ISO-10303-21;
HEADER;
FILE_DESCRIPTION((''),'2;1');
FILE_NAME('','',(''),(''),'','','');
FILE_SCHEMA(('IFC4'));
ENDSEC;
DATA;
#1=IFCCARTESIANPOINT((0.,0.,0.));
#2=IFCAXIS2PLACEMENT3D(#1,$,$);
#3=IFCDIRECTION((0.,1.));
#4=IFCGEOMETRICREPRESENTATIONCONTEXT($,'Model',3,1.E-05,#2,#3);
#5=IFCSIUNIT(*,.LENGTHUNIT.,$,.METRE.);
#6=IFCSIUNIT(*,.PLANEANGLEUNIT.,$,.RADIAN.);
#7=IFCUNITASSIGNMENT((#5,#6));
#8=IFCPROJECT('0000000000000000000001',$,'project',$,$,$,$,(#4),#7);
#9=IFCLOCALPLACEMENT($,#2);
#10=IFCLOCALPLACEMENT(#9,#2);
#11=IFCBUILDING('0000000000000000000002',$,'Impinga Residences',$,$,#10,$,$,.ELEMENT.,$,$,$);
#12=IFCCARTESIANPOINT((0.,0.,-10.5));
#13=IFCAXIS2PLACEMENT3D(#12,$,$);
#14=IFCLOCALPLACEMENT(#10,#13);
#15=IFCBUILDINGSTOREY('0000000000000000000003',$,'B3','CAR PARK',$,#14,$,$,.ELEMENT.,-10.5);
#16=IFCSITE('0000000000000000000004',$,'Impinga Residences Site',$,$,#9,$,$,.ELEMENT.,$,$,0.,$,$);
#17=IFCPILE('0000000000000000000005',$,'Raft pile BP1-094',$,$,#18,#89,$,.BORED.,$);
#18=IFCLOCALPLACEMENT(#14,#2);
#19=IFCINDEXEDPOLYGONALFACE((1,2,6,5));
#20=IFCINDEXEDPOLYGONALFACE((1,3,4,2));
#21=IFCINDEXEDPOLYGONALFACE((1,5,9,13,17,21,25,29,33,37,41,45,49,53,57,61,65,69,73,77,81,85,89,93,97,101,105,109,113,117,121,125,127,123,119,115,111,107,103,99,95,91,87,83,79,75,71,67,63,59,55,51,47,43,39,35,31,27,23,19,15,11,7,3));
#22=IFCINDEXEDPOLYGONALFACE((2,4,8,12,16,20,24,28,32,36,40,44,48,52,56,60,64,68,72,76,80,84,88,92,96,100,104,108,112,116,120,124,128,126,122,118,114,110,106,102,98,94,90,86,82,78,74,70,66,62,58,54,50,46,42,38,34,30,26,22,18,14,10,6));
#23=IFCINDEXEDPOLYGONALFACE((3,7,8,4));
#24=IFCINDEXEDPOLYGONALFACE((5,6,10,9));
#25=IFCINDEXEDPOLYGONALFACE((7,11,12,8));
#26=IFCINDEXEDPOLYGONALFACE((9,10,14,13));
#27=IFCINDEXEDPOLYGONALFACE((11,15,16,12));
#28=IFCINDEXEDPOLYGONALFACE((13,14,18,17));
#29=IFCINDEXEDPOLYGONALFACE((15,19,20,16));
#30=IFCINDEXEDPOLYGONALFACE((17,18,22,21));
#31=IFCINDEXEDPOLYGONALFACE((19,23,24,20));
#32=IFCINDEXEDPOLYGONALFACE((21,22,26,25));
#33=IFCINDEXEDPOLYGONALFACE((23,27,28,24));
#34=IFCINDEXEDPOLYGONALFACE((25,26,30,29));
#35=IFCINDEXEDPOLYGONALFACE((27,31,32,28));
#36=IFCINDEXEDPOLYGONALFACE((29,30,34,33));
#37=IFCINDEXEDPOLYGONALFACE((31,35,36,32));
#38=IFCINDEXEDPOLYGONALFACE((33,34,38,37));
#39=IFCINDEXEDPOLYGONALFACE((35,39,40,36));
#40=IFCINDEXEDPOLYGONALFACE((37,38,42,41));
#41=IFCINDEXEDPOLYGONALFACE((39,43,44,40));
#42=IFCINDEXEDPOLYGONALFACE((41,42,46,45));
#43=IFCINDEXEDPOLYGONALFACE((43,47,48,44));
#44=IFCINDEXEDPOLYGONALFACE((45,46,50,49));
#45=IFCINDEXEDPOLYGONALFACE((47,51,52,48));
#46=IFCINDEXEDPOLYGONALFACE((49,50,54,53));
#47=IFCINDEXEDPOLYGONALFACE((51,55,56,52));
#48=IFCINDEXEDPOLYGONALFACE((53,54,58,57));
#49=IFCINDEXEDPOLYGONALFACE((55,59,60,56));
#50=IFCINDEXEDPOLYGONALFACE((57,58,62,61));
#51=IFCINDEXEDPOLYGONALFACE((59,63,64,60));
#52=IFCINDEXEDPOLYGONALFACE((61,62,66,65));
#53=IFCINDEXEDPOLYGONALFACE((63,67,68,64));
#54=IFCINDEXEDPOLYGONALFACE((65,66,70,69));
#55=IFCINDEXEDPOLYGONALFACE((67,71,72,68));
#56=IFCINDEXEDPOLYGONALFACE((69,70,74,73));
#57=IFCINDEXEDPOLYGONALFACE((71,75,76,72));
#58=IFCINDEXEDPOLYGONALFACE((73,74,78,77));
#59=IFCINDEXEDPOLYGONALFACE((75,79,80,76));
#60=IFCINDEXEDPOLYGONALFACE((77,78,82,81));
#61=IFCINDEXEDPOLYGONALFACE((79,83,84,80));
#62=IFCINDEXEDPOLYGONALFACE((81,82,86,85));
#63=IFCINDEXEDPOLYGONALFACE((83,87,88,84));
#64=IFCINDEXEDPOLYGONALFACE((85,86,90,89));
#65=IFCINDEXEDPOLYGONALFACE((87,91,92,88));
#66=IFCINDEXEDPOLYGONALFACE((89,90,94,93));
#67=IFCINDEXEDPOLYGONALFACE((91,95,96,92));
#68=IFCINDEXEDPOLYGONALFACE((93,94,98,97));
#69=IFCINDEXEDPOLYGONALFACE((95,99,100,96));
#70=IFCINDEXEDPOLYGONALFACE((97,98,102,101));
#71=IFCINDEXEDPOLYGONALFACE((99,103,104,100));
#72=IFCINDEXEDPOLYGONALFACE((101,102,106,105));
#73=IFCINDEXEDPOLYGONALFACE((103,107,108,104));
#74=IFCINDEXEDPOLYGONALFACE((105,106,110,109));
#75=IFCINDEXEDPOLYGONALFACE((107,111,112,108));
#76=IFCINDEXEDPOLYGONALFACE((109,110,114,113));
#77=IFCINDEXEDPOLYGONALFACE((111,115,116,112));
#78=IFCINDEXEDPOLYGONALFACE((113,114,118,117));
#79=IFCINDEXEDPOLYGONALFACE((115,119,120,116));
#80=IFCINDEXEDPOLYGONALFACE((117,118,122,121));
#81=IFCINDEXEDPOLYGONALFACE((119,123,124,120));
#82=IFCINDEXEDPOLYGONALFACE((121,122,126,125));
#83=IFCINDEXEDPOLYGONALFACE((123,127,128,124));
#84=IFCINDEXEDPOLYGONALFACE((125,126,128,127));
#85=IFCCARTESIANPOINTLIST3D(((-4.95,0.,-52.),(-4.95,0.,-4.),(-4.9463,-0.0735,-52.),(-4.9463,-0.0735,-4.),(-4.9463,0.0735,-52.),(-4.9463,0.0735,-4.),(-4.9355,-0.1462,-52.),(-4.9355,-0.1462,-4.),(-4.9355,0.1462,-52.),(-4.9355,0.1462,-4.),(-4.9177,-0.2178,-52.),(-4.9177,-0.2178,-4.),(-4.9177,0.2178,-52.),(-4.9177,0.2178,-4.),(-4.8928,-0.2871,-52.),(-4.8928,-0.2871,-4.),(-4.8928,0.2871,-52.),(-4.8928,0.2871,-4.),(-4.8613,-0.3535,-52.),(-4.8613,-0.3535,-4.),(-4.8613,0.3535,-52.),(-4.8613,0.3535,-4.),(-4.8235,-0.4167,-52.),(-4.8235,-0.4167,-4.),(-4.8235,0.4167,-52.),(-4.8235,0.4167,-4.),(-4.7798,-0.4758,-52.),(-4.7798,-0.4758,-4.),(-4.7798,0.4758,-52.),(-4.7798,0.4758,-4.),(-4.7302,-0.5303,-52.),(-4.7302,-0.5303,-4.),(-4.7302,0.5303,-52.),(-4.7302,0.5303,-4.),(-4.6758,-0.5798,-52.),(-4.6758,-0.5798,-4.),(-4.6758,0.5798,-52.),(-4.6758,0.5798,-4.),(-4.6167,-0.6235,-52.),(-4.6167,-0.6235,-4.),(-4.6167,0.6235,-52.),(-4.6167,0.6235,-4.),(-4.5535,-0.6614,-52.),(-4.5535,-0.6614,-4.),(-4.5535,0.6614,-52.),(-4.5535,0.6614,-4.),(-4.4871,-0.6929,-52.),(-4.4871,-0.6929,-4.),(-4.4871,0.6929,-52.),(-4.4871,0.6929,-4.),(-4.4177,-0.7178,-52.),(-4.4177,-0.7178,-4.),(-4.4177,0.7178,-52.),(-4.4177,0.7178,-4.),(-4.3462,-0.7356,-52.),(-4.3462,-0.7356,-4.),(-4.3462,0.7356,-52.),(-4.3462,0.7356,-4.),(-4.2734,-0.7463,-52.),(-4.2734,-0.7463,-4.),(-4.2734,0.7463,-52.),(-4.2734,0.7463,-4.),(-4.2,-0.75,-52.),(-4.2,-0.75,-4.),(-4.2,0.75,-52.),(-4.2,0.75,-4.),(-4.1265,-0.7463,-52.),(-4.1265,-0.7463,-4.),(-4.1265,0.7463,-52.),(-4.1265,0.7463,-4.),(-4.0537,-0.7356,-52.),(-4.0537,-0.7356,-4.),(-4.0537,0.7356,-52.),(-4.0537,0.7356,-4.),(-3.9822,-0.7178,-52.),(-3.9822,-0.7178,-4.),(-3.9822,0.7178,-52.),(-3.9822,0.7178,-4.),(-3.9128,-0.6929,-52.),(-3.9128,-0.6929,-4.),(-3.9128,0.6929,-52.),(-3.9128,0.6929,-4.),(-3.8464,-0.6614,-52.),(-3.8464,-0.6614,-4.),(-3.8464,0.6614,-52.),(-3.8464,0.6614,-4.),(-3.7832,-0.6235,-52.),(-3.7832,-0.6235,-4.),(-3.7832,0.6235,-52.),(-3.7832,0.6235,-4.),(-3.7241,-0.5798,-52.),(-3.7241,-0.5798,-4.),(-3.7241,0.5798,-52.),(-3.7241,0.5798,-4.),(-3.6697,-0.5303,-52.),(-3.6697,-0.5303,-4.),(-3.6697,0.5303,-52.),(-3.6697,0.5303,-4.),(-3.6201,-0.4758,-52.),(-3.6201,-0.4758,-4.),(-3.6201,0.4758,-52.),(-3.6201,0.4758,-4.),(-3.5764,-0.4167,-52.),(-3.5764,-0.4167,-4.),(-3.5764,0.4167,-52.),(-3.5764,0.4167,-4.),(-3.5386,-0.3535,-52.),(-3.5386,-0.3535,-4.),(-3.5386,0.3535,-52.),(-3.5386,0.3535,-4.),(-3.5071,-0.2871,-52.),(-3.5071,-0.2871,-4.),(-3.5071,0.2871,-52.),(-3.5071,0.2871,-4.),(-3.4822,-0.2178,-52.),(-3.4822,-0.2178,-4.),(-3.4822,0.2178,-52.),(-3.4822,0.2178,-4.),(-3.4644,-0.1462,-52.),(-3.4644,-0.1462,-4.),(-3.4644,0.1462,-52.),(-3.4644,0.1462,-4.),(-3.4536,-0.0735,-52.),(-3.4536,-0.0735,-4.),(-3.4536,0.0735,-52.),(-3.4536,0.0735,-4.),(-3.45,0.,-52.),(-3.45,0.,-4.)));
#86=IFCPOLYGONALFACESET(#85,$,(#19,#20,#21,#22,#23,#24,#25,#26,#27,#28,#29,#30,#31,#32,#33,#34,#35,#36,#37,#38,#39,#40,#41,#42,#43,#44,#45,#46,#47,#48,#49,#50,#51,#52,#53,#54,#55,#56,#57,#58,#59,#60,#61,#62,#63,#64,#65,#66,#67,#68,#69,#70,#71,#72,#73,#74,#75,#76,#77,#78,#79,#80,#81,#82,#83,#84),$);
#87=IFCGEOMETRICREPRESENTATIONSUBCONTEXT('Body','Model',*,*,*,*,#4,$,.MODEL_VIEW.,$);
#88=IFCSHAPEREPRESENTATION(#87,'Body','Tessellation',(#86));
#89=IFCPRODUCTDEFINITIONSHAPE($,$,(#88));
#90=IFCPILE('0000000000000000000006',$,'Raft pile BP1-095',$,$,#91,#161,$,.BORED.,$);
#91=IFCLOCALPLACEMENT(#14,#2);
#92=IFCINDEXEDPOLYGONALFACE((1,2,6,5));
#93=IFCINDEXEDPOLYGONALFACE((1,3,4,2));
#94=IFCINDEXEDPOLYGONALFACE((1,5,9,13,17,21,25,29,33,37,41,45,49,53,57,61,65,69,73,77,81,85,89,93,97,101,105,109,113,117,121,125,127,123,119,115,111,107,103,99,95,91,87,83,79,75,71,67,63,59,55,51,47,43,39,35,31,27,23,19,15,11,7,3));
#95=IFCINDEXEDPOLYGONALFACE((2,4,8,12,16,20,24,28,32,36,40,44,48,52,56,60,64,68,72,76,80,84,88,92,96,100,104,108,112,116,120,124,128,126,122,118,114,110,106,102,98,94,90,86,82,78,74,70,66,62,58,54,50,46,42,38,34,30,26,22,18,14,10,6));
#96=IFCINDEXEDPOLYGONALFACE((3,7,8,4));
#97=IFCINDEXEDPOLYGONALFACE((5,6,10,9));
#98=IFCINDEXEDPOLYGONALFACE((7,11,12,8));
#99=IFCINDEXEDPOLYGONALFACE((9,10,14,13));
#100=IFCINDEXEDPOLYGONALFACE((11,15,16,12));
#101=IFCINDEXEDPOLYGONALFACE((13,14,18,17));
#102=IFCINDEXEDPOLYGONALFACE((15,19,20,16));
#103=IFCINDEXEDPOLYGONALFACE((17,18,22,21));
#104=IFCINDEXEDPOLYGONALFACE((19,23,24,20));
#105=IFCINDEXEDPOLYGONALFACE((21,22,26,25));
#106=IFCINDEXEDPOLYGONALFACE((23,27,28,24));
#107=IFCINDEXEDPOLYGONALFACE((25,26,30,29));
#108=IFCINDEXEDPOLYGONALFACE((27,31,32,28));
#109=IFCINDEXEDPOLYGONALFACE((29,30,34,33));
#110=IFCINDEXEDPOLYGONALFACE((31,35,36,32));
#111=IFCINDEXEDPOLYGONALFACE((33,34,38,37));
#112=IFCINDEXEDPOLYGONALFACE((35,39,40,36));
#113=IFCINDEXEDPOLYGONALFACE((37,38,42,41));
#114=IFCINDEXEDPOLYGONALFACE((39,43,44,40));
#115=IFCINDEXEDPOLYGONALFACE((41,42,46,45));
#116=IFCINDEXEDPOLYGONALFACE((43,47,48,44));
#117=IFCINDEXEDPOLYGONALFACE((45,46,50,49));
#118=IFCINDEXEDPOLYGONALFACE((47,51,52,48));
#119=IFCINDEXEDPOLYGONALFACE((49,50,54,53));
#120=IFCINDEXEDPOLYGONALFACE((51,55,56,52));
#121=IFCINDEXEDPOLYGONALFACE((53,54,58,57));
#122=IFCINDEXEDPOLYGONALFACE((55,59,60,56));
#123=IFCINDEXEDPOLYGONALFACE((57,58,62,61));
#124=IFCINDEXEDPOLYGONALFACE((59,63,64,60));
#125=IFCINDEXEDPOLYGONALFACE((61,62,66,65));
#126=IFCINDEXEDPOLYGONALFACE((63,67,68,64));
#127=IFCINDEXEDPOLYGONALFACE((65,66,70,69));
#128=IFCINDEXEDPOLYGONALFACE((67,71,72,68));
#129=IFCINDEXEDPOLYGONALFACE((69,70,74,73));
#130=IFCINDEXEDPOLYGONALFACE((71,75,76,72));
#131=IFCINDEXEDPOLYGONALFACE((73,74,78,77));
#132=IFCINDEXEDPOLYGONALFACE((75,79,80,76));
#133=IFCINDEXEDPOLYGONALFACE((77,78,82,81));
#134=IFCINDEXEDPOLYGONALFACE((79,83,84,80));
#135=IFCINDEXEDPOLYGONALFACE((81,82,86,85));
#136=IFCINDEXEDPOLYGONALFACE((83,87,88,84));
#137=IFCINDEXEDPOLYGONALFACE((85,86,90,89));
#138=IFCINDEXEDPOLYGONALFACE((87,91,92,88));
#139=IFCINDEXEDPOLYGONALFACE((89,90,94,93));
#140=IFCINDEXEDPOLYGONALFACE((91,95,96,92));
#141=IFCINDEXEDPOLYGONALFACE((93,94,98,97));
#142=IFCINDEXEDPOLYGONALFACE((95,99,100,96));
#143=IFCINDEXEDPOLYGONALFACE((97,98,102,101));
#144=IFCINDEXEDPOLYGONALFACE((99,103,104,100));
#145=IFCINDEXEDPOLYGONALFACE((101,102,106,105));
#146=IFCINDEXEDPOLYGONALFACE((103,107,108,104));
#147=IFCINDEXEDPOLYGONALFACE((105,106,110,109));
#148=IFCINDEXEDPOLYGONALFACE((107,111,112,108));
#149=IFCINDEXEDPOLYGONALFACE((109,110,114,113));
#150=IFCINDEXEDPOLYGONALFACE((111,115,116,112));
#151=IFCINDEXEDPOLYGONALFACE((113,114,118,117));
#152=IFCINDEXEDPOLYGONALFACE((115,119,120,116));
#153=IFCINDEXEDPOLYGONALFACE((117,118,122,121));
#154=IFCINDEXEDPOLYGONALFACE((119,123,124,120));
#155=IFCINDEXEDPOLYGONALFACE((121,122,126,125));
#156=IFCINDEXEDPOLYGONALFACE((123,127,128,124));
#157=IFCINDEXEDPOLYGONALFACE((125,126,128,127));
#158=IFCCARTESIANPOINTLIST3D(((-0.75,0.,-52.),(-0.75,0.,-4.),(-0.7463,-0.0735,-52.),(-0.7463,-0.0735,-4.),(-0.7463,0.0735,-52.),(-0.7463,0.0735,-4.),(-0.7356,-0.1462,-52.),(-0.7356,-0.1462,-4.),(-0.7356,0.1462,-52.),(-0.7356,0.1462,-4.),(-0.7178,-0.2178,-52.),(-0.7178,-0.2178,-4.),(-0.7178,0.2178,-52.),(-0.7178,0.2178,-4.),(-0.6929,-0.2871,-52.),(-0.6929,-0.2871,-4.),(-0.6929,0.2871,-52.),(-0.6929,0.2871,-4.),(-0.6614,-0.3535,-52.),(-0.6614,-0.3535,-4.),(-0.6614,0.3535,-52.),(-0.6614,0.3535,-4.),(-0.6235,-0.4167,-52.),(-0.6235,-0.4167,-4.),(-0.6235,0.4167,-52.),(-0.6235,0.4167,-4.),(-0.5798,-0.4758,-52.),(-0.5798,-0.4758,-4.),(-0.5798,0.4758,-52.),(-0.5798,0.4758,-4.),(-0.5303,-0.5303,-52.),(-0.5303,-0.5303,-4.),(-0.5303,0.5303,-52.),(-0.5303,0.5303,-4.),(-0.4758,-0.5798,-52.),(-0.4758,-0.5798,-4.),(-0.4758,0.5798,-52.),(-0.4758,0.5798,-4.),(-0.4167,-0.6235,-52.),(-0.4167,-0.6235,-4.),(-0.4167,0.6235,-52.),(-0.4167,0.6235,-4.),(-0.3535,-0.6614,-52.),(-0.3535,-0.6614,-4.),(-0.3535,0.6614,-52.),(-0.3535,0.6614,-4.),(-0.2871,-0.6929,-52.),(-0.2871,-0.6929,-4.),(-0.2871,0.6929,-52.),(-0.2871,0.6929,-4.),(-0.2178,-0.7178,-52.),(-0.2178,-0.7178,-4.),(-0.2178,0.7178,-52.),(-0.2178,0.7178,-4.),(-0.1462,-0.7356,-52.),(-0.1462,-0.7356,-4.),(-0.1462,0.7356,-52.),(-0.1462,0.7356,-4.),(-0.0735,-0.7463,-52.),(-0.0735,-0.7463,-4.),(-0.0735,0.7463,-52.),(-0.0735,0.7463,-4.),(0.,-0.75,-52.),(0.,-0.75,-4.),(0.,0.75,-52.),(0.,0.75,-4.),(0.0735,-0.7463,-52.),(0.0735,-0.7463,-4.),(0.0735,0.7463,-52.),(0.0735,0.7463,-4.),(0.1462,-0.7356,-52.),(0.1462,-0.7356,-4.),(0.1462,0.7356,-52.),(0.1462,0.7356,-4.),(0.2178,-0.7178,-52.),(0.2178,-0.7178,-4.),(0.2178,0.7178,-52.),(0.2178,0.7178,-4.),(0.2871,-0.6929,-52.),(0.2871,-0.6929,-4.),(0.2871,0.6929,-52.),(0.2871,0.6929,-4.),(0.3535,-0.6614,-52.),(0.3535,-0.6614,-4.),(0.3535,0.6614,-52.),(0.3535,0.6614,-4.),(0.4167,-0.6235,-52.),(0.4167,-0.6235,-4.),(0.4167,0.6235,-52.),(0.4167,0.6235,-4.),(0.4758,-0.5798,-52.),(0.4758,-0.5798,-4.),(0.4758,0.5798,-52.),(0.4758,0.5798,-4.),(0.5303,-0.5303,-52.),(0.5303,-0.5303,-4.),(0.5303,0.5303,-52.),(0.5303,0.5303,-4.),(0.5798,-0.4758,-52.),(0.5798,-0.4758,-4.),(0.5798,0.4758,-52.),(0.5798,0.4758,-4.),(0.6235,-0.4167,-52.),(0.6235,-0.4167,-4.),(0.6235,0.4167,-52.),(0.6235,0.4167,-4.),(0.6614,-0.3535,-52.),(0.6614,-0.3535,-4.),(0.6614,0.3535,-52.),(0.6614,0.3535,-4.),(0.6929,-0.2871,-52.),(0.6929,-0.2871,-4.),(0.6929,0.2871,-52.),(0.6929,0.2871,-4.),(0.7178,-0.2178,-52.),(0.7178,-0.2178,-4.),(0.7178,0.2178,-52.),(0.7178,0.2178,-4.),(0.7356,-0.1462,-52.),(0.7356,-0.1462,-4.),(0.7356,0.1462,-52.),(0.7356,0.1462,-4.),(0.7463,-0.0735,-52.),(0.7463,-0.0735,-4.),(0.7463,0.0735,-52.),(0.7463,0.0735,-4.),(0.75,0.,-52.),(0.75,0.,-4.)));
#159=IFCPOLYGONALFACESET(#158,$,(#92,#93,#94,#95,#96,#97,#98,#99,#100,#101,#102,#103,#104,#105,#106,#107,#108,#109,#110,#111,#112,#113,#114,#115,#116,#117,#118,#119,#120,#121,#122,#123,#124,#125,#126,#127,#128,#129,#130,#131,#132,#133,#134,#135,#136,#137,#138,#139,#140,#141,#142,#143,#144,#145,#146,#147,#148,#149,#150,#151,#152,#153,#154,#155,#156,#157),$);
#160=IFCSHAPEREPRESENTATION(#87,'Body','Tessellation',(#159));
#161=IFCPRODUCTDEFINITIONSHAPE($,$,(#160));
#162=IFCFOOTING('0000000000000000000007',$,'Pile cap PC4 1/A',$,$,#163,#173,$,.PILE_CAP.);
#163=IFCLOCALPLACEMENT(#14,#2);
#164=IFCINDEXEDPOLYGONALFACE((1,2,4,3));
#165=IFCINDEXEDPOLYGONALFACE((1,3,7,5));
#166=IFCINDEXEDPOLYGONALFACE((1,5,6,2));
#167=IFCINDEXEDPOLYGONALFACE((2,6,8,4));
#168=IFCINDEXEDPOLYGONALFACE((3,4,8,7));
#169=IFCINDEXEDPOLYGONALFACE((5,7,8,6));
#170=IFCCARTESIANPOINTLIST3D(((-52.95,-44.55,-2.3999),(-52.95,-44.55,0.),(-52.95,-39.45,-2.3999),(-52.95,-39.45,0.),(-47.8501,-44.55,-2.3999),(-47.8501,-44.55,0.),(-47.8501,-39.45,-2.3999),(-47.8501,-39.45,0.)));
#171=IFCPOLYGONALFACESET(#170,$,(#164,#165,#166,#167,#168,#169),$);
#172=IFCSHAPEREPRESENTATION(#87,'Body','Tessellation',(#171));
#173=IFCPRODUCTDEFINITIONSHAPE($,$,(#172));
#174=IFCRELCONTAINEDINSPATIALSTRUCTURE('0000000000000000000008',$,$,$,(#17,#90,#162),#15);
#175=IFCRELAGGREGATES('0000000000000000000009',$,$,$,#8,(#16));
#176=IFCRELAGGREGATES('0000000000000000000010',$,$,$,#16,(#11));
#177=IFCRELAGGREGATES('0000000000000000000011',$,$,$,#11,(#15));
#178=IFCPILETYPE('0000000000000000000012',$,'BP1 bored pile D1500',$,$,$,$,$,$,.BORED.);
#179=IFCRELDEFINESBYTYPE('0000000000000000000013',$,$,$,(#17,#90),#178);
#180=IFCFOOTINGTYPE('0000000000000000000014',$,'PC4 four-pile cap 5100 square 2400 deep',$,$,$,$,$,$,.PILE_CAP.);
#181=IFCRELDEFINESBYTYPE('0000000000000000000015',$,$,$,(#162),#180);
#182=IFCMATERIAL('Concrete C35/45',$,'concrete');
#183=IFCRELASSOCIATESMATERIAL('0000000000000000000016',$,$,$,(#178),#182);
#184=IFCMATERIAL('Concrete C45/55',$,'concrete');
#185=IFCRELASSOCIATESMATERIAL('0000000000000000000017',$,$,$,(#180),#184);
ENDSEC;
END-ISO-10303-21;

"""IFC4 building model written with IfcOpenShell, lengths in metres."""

from ifc_helpers import new_model, si_unit, direction, frame, origin, origin_2d, place, context, subcontext, project, spatial, polyline, circle, outline, extrude, material, material_profile, profile_set, type_object, element, save


model = new_model("IFC4")

# Units and contexts
model_context = context("Model", 3, precision=1e-05, world=origin(), true_north=direction((0.0, 1.0)))
body_context = subcontext(model_context, "Body", "Model", "MODEL_VIEW")
ifc_project = project(units=[si_unit("LENGTHUNIT", "METRE"), si_unit("PLANEANGLEUNIT", "RADIAN")], contexts=[model_context])

# Site, building, storey
site_placement = place(None, origin())
site = spatial("IfcSite", under=ifc_project, at=site_placement, Name="Impinga Residences Site", CompositionType="ELEMENT", RefElevation=0.0)
building_placement = place(site_placement, origin())
building = spatial("IfcBuilding", under=site, at=building_placement, Name="Impinga Residences", CompositionType="ELEMENT")
storey_placement = place(building_placement, frame((0.0, 0.0, -10.5)))
storey = spatial("IfcBuildingStorey", under=building, at=storey_placement, Name="B3", Description="CAR PARK", CompositionType="ELEMENT", Elevation=-10.5)

# Piles
ifc_material_1 = material(Name="Concrete C35/45", Category="concrete")
ifc_material_profile = material_profile(ifc_material_1, circle(Radius=0.75, at=origin_2d()), Name="D1500")
ifc_profile_set = profile_set([ifc_material_profile], Name="Concrete C35/45")
pile_type = type_object("IfcPileType", Name="BP1 bored pile D1500", PredefinedType="BORED", material=ifc_profile_set)
pile_1_placement = place(storey_placement, frame((-4.2, 0.0, -4.0), z_axis=(0.0, 0.0, -1.0), x_axis=(1.0, 0.0, 0.0)))
element("IfcPile", 1, at=pile_1_placement, inside=storey, type_object=pile_type, Name="Raft pile BP1-094", PredefinedType="BORED", context=body_context, shape_type="SweptSolid", body=[
    extrude(outline(polyline([(0.75, 0.0), (0.7463, 0.0735), (0.7356, 0.1462), (0.7178, 0.2178), (0.6929, 0.2871), (0.6614, 0.3535), (0.6235, 0.4167), (0.5798, 0.4758), (0.5303, 0.5303), (0.4758, 0.5798), (0.4167, 0.6235), (0.3535, 0.6614), (0.2871, 0.6929), (0.2178, 0.7178), (0.1462, 0.7356), (0.0735, 0.7463), (0.0, 0.75), (-0.0735, 0.7463), (-0.1462, 0.7356), (-0.2178, 0.7178), (-0.2871, 0.6929), (-0.3535, 0.6614), (-0.4167, 0.6235), (-0.4758, 0.5798), (-0.5303, 0.5303), (-0.5798, 0.4758), (-0.6235, 0.4167), (-0.6614, 0.3535), (-0.6929, 0.2871), (-0.7178, 0.2178), (-0.7356, 0.1462), (-0.7463, 0.0735), (-0.75, 0.0), (-0.7463, -0.0735), (-0.7356, -0.1462), (-0.7178, -0.2178), (-0.6929, -0.2871), (-0.6614, -0.3535), (-0.6235, -0.4167), (-0.5798, -0.4758), (-0.5303, -0.5303), (-0.4758, -0.5798), (-0.4167, -0.6235), (-0.3535, -0.6614), (-0.2871, -0.6929), (-0.2178, -0.7178), (-0.1462, -0.7356), (-0.0735, -0.7463), (0.0, -0.75), (0.0735, -0.7463), (0.1462, -0.7356), (0.2178, -0.7178), (0.2871, -0.6929), (0.3535, -0.6614), (0.4167, -0.6235), (0.4758, -0.5798), (0.5303, -0.5303), (0.5798, -0.4758), (0.6235, -0.4167), (0.6614, -0.3535), (0.6929, -0.2871), (0.7178, -0.2178), (0.7356, -0.1462), (0.7463, -0.0735), (0.75, 0.0)])), origin(), (0.0, 0.0, 1.0), 48.0),
])
pile_2_placement = place(storey_placement, frame((0.0, 0.0, -4.0), z_axis=(0.0, 0.0, -1.0), x_axis=(1.0, 0.0, 0.0)))
element("IfcPile", 2, at=pile_2_placement, inside=storey, type_object=pile_type, Name="Raft pile BP1-095", PredefinedType="BORED", context=body_context, shape_type="SweptSolid", body=[
    extrude(outline(polyline([(0.75, 0.0), (0.7463, 0.0735), (0.7356, 0.1462), (0.7178, 0.2178), (0.6929, 0.2871), (0.6614, 0.3535), (0.6235, 0.4167), (0.5798, 0.4758), (0.5303, 0.5303), (0.4758, 0.5798), (0.4167, 0.6235), (0.3535, 0.6614), (0.2871, 0.6929), (0.2178, 0.7178), (0.1462, 0.7356), (0.0735, 0.7463), (0.0, 0.75), (-0.0735, 0.7463), (-0.1462, 0.7356), (-0.2178, 0.7178), (-0.2871, 0.6929), (-0.3535, 0.6614), (-0.4167, 0.6235), (-0.4758, 0.5798), (-0.5303, 0.5303), (-0.5798, 0.4758), (-0.6235, 0.4167), (-0.6614, 0.3535), (-0.6929, 0.2871), (-0.7178, 0.2178), (-0.7356, 0.1462), (-0.7463, 0.0735), (-0.75, 0.0), (-0.7463, -0.0735), (-0.7356, -0.1462), (-0.7178, -0.2178), (-0.6929, -0.2871), (-0.6614, -0.3535), (-0.6235, -0.4167), (-0.5798, -0.4758), (-0.5303, -0.5303), (-0.4758, -0.5798), (-0.4167, -0.6235), (-0.3535, -0.6614), (-0.2871, -0.6929), (-0.2178, -0.7178), (-0.1462, -0.7356), (-0.0735, -0.7463), (0.0, -0.75), (0.0735, -0.7463), (0.1462, -0.7356), (0.2178, -0.7178), (0.2871, -0.6929), (0.3535, -0.6614), (0.4167, -0.6235), (0.4758, -0.5798), (0.5303, -0.5303), (0.5798, -0.4758), (0.6235, -0.4167), (0.6614, -0.3535), (0.6929, -0.2871), (0.7178, -0.2178), (0.7356, -0.1462), (0.7463, -0.0735), (0.75, 0.0)])), origin(), (0.0, 0.0, 1.0), 48.0),
])

# Footing
ifc_material_2 = material(Name="Concrete C45/55", Category="concrete")
footing_type_1 = type_object("IfcFootingType", Name="PC4 four-pile cap 5100 square 2400 deep", PredefinedType="PILE_CAP", material=ifc_material_2)
footing_1_placement = place(storey_placement, frame((0.0, 0.0, -2.3999)))
element("IfcFooting", 3, at=footing_1_placement, inside=storey, type_object=footing_type_1, Name="Pile cap PC4 1/A", PredefinedType="PILE_CAP", context=body_context, shape_type="SweptSolid", body=[
    extrude(outline(polyline([(-47.8501, -44.55), (-47.8501, -39.45), (-52.95, -39.45), (-52.95, -44.55), (-47.8501, -44.55)])), origin(), (0.0, 0.0, 1.0), 2.3999),
])

save(model, "model.ifc")
